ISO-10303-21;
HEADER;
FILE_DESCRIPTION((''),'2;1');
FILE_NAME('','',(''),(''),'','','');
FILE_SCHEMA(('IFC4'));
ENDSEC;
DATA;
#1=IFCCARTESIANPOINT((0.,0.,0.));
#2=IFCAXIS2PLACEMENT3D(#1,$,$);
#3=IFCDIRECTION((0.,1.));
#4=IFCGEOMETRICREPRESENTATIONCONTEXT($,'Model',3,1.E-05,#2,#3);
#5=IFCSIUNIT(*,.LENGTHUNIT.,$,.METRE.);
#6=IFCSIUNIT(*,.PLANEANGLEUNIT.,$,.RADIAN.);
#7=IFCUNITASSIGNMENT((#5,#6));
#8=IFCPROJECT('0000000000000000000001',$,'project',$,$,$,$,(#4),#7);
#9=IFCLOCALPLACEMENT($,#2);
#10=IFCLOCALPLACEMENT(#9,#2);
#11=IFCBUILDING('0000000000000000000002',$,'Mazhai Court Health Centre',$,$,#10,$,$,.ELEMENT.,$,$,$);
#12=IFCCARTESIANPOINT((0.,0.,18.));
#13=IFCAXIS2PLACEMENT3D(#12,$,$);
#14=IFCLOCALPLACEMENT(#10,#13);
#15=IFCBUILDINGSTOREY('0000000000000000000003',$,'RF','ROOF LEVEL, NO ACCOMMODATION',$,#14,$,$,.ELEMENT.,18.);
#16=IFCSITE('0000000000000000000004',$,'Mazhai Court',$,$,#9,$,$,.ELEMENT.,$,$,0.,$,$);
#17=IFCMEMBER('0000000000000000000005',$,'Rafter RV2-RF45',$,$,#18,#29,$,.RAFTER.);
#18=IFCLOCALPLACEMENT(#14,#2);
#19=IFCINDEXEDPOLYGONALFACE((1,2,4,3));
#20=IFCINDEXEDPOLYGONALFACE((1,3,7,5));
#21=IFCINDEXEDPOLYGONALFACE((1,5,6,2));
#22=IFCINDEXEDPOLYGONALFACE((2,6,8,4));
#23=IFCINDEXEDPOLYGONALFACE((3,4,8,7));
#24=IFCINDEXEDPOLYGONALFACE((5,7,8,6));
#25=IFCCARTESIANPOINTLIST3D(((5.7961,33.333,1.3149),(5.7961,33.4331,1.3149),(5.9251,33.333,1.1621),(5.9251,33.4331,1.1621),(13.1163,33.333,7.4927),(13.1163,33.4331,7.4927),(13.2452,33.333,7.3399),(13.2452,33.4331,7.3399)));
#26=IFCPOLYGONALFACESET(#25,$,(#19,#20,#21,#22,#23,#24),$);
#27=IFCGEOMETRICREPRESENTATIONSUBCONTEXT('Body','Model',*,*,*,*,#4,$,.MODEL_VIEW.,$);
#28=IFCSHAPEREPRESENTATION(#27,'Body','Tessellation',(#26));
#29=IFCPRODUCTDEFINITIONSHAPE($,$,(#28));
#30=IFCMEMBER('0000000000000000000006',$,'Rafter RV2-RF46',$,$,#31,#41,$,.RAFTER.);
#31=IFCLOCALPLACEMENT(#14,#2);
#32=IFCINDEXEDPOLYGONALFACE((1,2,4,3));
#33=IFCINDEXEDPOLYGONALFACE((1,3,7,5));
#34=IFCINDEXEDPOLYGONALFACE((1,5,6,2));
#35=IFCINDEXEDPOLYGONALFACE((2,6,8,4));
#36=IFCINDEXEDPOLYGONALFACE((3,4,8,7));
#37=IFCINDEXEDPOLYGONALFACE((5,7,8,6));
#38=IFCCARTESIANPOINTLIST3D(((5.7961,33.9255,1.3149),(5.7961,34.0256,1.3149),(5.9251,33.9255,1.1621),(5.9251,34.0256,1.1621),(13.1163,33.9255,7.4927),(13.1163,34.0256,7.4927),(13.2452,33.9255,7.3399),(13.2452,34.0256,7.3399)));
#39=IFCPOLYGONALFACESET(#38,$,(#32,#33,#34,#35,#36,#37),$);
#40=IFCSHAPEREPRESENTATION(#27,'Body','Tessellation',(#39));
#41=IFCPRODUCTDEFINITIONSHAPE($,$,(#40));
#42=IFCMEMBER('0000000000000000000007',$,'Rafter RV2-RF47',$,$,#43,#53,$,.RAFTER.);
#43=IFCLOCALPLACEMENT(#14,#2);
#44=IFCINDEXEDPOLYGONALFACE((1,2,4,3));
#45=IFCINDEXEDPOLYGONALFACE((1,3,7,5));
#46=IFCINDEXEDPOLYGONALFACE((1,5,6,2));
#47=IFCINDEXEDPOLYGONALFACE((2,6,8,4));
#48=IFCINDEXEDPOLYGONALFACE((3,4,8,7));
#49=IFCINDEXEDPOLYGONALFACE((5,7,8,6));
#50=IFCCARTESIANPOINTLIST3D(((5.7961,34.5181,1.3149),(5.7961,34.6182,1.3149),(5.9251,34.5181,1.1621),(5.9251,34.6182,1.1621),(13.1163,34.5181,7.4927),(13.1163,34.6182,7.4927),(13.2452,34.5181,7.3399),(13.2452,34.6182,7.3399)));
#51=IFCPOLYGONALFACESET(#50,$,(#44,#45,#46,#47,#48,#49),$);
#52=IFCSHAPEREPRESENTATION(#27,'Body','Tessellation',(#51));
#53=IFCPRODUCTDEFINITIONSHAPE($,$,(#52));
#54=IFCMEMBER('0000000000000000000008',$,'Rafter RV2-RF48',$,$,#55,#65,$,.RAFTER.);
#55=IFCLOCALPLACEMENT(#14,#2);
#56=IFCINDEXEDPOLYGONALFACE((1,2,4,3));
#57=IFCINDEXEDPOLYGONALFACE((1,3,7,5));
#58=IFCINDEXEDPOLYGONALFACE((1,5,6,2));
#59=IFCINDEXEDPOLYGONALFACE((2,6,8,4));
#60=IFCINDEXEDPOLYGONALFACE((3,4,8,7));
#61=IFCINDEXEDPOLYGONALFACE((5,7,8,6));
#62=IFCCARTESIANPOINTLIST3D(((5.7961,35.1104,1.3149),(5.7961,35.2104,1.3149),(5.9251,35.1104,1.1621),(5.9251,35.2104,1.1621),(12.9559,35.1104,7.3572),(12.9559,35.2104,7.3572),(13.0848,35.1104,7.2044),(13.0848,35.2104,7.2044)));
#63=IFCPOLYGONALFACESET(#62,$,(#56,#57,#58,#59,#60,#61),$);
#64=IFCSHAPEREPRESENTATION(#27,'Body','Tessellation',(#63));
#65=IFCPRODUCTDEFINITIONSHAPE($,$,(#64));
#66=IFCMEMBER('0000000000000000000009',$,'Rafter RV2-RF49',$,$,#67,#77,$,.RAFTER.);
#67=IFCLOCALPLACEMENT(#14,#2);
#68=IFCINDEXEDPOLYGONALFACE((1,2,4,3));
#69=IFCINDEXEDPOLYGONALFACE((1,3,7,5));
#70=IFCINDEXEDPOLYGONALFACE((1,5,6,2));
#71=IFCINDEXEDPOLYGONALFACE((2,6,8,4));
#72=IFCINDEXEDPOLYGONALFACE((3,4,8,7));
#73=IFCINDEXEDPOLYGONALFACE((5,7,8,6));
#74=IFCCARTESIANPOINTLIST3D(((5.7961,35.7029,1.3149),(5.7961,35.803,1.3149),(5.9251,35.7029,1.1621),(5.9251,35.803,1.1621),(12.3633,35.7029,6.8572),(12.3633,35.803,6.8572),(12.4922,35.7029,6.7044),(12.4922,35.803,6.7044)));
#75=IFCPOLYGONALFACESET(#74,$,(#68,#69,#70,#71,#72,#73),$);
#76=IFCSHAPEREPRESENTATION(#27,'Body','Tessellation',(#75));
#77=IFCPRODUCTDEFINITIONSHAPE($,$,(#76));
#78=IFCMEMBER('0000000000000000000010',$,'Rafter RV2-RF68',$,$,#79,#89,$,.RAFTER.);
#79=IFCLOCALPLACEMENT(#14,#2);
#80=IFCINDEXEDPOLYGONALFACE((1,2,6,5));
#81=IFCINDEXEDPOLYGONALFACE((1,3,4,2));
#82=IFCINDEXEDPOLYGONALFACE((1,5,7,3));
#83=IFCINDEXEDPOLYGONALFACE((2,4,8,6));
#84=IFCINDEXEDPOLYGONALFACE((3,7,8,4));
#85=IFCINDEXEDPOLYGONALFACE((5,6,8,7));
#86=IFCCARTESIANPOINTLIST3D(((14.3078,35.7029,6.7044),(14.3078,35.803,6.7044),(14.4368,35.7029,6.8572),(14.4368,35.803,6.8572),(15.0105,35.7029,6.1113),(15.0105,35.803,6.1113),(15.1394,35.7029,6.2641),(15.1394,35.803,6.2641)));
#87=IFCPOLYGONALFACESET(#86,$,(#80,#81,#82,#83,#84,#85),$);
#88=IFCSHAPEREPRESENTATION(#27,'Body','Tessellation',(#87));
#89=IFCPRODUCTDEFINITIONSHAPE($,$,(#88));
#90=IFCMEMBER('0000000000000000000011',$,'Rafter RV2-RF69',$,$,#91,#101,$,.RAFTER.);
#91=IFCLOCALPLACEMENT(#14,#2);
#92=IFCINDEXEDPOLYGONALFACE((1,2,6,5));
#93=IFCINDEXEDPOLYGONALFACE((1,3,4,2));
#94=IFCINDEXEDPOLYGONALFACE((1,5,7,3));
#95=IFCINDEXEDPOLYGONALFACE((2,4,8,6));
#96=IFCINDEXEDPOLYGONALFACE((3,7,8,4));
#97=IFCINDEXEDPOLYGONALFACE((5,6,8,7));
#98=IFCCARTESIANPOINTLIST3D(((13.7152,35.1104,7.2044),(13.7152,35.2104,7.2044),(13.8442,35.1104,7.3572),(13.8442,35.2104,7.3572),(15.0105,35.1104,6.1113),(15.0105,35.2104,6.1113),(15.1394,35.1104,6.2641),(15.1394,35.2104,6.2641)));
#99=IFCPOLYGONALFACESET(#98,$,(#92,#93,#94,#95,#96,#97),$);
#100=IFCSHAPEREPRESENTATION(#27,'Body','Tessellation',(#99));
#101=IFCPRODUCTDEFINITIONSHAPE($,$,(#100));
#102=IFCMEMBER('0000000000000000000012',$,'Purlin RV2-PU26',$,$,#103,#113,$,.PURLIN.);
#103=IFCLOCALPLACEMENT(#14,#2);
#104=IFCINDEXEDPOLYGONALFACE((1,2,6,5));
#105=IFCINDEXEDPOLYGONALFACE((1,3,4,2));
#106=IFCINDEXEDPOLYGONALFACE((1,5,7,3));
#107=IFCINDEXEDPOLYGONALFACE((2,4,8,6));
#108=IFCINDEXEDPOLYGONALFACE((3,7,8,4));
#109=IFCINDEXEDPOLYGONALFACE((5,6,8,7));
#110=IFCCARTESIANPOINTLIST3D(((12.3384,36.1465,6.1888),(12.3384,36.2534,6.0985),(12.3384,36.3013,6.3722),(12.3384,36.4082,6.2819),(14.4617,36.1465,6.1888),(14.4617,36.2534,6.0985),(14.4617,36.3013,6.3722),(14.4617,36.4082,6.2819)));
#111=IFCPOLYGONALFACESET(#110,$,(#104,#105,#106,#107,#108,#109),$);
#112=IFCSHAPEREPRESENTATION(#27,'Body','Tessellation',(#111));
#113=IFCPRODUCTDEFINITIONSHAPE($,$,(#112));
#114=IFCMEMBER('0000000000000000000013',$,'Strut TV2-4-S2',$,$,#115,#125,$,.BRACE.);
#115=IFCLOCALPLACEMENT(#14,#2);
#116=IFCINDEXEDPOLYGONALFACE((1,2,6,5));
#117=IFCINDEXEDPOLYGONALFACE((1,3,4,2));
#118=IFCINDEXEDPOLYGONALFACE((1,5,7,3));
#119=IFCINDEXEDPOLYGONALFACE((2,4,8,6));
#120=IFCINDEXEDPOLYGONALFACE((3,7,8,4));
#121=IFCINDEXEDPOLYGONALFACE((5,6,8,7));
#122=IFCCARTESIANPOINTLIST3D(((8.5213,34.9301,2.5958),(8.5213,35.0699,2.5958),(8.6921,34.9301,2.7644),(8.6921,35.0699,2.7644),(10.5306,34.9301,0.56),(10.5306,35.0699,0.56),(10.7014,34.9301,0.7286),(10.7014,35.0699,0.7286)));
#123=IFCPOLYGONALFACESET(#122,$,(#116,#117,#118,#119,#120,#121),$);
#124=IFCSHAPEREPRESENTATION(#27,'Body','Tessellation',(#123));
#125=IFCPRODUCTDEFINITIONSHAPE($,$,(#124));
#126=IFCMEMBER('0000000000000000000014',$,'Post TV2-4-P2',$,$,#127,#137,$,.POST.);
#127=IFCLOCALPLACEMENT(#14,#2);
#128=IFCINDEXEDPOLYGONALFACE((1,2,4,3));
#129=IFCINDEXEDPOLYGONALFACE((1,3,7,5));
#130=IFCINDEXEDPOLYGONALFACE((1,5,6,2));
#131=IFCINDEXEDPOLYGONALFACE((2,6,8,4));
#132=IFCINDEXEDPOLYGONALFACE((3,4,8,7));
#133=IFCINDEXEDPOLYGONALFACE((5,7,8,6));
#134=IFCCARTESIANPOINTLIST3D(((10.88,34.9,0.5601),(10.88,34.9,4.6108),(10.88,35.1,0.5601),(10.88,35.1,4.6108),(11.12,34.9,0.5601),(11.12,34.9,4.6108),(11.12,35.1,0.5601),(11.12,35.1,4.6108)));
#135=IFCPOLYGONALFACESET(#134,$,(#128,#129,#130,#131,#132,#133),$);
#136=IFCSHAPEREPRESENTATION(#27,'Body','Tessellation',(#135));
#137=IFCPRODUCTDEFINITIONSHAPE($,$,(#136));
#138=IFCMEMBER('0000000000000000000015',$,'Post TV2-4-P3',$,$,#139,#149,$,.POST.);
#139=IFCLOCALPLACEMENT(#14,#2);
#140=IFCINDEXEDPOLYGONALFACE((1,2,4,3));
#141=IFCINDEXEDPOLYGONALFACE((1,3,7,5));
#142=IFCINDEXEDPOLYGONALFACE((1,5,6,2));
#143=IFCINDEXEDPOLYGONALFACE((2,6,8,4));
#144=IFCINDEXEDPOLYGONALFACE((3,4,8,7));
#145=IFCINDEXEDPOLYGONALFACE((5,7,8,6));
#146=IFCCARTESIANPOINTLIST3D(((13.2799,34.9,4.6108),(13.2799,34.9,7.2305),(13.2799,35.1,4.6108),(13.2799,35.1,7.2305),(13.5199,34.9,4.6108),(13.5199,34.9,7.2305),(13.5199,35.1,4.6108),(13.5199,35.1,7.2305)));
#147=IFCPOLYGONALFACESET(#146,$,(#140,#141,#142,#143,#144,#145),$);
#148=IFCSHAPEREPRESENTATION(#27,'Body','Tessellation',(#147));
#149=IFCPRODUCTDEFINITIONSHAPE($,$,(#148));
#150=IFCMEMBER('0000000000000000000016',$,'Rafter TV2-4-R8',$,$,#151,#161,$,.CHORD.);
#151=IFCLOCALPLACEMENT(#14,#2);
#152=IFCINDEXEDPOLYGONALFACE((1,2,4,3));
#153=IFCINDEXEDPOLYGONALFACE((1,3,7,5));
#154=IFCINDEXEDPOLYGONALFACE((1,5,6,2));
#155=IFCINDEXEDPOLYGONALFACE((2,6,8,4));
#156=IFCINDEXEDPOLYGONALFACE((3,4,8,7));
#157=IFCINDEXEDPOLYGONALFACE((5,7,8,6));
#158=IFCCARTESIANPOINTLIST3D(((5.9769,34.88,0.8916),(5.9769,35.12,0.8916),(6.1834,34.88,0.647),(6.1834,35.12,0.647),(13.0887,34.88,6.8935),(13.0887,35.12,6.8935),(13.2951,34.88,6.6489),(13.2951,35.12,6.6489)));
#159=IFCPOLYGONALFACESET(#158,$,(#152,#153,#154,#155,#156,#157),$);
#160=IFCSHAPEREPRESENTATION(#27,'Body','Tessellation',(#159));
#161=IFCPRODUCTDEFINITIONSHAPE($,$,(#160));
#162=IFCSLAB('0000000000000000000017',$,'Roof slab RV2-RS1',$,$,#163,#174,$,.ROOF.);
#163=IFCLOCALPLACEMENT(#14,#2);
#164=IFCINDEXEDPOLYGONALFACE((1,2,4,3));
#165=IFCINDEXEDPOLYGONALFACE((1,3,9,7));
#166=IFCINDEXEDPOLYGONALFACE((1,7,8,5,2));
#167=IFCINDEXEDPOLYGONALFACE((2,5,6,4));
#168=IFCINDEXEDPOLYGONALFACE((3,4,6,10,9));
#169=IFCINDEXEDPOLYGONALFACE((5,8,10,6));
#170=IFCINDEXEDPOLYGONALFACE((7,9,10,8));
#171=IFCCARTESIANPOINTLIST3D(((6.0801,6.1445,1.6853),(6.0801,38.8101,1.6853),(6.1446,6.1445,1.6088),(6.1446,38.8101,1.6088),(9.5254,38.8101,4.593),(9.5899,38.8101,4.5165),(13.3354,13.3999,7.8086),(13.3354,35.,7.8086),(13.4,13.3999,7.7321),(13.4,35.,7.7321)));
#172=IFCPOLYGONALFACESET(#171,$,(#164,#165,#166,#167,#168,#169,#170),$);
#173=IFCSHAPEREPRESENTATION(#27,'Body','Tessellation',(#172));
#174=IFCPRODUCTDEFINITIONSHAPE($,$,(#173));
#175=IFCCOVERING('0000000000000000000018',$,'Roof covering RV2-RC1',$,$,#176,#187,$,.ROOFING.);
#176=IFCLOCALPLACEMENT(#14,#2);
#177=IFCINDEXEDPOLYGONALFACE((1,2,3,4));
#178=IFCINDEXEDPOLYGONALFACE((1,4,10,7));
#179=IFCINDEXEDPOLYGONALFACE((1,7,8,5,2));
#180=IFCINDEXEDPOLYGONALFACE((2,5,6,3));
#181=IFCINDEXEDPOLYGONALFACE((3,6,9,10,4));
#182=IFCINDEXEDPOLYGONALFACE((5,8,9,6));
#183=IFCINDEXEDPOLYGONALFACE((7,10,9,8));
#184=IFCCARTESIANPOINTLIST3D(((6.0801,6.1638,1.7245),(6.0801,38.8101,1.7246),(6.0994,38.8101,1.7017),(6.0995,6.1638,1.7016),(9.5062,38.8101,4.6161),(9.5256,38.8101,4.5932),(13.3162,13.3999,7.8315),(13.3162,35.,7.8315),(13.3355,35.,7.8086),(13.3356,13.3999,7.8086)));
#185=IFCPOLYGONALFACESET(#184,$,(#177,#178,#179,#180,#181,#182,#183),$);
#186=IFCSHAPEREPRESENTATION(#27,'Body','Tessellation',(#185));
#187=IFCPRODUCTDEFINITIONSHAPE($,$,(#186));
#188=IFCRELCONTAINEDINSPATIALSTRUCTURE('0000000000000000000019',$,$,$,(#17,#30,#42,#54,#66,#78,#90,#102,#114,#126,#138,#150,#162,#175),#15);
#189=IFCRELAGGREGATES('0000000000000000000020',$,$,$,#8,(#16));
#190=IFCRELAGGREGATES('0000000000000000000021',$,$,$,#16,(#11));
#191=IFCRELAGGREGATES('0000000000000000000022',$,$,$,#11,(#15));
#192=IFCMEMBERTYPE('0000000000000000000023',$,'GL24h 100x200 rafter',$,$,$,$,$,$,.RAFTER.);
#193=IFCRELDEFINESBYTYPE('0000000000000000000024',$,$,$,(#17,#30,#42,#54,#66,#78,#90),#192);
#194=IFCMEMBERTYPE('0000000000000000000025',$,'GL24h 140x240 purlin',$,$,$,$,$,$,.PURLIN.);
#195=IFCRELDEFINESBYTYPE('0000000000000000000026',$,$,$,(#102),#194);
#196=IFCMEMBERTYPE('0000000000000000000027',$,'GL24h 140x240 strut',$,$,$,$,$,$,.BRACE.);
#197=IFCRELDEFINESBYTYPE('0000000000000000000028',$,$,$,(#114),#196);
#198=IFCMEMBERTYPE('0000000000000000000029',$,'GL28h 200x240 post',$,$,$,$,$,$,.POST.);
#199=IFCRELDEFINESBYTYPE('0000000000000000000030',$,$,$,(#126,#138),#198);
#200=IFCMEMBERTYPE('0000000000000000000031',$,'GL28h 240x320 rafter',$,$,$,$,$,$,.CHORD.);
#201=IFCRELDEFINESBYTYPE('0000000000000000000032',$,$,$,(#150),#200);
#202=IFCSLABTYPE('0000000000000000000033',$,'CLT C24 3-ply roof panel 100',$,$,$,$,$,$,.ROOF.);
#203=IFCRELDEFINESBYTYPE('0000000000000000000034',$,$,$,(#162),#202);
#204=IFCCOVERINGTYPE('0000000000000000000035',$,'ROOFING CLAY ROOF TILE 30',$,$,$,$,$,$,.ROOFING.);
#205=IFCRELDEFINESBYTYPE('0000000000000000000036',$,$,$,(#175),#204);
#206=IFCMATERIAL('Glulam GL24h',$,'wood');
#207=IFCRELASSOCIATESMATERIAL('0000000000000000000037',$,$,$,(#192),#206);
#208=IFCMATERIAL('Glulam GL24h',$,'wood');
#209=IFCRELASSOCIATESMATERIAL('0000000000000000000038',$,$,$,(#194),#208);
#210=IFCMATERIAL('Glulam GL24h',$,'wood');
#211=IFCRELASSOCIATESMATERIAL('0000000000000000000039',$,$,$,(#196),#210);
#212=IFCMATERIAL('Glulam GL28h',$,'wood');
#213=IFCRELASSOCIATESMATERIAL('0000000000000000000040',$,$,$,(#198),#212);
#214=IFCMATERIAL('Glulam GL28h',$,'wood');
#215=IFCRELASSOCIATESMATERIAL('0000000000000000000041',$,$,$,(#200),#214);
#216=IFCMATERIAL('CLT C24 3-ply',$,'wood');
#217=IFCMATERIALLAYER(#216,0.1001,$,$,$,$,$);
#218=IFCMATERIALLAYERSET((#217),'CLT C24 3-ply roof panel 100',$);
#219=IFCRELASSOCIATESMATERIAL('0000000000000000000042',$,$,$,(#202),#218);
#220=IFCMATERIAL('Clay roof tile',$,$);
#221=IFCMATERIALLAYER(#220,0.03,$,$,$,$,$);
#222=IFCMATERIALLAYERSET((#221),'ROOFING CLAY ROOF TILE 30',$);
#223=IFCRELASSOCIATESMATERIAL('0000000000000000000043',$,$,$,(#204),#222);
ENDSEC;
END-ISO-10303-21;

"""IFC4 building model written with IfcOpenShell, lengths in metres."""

from ifc_helpers import new_model, si_unit, direction, frame, origin, origin_2d, place, context, subcontext, project, spatial, polyline, rectangle, outline, extrude, material, layer, layer_set, material_profile, profile_set, type_object, element, save


model = new_model("IFC4")

# Units and contexts
model_context = context("Model", 3, precision=1e-05, world=origin(), true_north=direction((0.0, 1.0)))
body_context = subcontext(model_context, "Body", "Model", "MODEL_VIEW")
ifc_project = project(units=[si_unit("LENGTHUNIT", "METRE"), si_unit("PLANEANGLEUNIT", "RADIAN")], contexts=[model_context])

# Site, building, storey
site_placement = place(None, origin())
site = spatial("IfcSite", under=ifc_project, at=site_placement, Name="Mazhai Court", CompositionType="ELEMENT", RefElevation=0.0)
building_placement = place(site_placement, origin())
building = spatial("IfcBuilding", under=site, at=building_placement, Name="Mazhai Court Health Centre", CompositionType="ELEMENT")
storey_placement = place(building_placement, frame((0.0, 0.0, 18.0)))
storey = spatial("IfcBuildingStorey", under=building, at=storey_placement, Name="RF", Description="ROOF LEVEL, NO ACCOMMODATION", CompositionType="ELEMENT", Elevation=18.0)

# Members
ifc_material_1 = material(Name="Glulam GL24h", Category="wood")
ifc_material_profile_1 = material_profile(ifc_material_1, rectangle(XDim=0.1001, YDim=0.2, at=origin_2d()), Name="GL24h 100x200")
ifc_profile_set_1 = profile_set([ifc_material_profile_1], Name="Glulam GL24h")
member_type_1 = type_object("IfcMemberType", Name="GL24h 100x200 rafter", PredefinedType="RAFTER", material=ifc_profile_set_1)
for number, where, z_axis, x_axis, name in (
    (1, (5.8606, 33.3831, 1.2385), (0.764218, 0.0, 0.644958), (0.0, 1.0, 0.0), "Rafter RV2-RF45"),
    (2, (5.8606, 33.9756, 1.2385), (0.764218, 0.0, 0.644958), (0.0, 1.0, 0.0), "Rafter RV2-RF46"),
    (3, (5.8606, 34.5681, 1.2385), (0.764218, 0.0, 0.644958), (0.0, 1.0, 0.0), "Rafter RV2-RF47"),
):
    element("IfcMember", number, at=place(storey_placement, frame(where, z_axis=z_axis, x_axis=x_axis)), inside=storey, type_object=member_type_1, Name=name, PredefinedType="RAFTER", context=body_context, shape_type="SweptSolid", body=[
        extrude(rectangle(XDim=0.1001, YDim=0.2, at=origin_2d()), origin(), (0.0, 0.0, 1.0), 9.5786),
    ])
member_1_placement = place(storey_placement, frame((5.8606, 35.1604, 1.2385), z_axis=(0.764225, 0.0, 0.64495), x_axis=(0.0, 1.0, 0.0)))
element("IfcMember", 4, at=member_1_placement, inside=storey, type_object=member_type_1, Name="Rafter RV2-RF48", PredefinedType="RAFTER", context=body_context, shape_type="SweptSolid", body=[
    extrude(rectangle(XDim=0.1001, YDim=0.2, at=origin_2d()), origin(), (0.0, 0.0, 1.0), 9.3687),
])
member_2_placement = place(storey_placement, frame((5.8606, 35.7529, 1.2385), z_axis=(0.764222, 0.0, 0.644953), x_axis=(0.0, 1.0, 0.0)))
element("IfcMember", 5, at=member_2_placement, inside=storey, type_object=member_type_1, Name="Rafter RV2-RF49", PredefinedType="RAFTER", context=body_context, shape_type="SweptSolid", body=[
    extrude(rectangle(XDim=0.1001, YDim=0.2, at=origin_2d()), origin(), (0.0, 0.0, 1.0), 8.5933),
])
member_3_placement = place(storey_placement, frame((15.075, 35.7529, 6.1877), z_axis=(-0.764202, 0.0, 0.644978), x_axis=(0.0, -1.0, 0.0)))
element("IfcMember", 6, at=member_3_placement, inside=storey, type_object=member_type_1, Name="Rafter RV2-RF68", PredefinedType="RAFTER", context=body_context, shape_type="SweptSolid", body=[
    extrude(rectangle(XDim=0.1001, YDim=0.2, at=origin_2d()), origin(), (0.0, 0.0, 1.0), 0.9194),
])
member_4_placement = place(storey_placement, frame((15.075, 35.1604, 6.1877), z_axis=(-0.764227, 0.0, 0.644947), x_axis=(0.0, -1.0, 0.0)))
element("IfcMember", 7, at=member_4_placement, inside=storey, type_object=member_type_1, Name="Rafter RV2-RF69", PredefinedType="RAFTER", context=body_context, shape_type="SweptSolid", body=[
    extrude(rectangle(XDim=0.1001, YDim=0.2, at=origin_2d()), origin(), (0.0, 0.0, 1.0), 1.6948),
])
ifc_material_2 = material(Name="Glulam GL24h", Category="wood")
ifc_material_profile_2 = material_profile(ifc_material_2, rectangle(XDim=0.1399, YDim=0.24, at=origin_2d()), Name="GL24h 140x240")
ifc_profile_set_2 = profile_set([ifc_material_profile_2], Name="Glulam GL24h")
member_type_2 = type_object("IfcMemberType", Name="GL24h 140x240 purlin", PredefinedType="PURLIN", material=ifc_profile_set_2)
member_5_placement = place(storey_placement, frame((12.3384, 36.2773, 6.2354), z_axis=(1.0, 0.0, 0.0), x_axis=(0.0, 0.76422, -0.644955)))
element("IfcMember", 8, at=member_5_placement, inside=storey, type_object=member_type_2, Name="Purlin RV2-PU26", PredefinedType="PURLIN", context=body_context, shape_type="SweptSolid", body=[
    extrude(rectangle(XDim=0.1399, YDim=0.24, at=origin_2d()), origin(), (0.0, 0.0, 1.0), 2.1233),
])
ifc_material_3 = material(Name="Glulam GL24h", Category="wood")
ifc_material_profile_3 = material_profile(ifc_material_3, rectangle(XDim=0.1399, YDim=0.24, at=origin_2d()), Name="GL24h 140x240")
ifc_profile_set_3 = profile_set([ifc_material_profile_3], Name="Glulam GL24h")
member_type_3 = type_object("IfcMemberType", Name="GL24h 140x240 strut", PredefinedType="BRACE", material=ifc_profile_set_3)
member_6_placement = place(storey_placement, frame((10.616, 35.0, 0.6443), z_axis=(-0.70244, 0.0, 0.711743), x_axis=(0.0, -1.0, 0.0)))
element("IfcMember", 9, at=member_6_placement, inside=storey, type_object=member_type_3, Name="Strut TV2-4-S2", PredefinedType="BRACE", context=body_context, shape_type="SweptSolid", body=[
    extrude(rectangle(XDim=0.1399, YDim=0.24, at=origin_2d()), origin(), (0.0, 0.0, 1.0), 2.8604),
])
ifc_material_4 = material(Name="Glulam GL28h", Category="wood")
ifc_material_profile_4 = material_profile(ifc_material_4, rectangle(XDim=0.2, YDim=0.24, at=origin_2d()), Name="GL28h 200x240")
ifc_profile_set_4 = profile_set([ifc_material_profile_4], Name="Glulam GL28h")
member_type_4 = type_object("IfcMemberType", Name="GL28h 200x240 post", PredefinedType="POST", material=ifc_profile_set_4)
member_7_placement = place(storey_placement, frame((11.0, 35.0, 0.5601), z_axis=(0.0, 0.0, 1.0), x_axis=(0.0, 1.0, 0.0)))
element("IfcMember", 10, at=member_7_placement, inside=storey, type_object=member_type_4, Name="Post TV2-4-P2", PredefinedType="POST", context=body_context, shape_type="SweptSolid", body=[
    extrude(rectangle(XDim=0.2, YDim=0.24, at=origin_2d()), origin(), (0.0, 0.0, 1.0), 4.0508),
])
member_8_placement = place(storey_placement, frame((13.3999, 35.0, 4.6108), z_axis=(0.0, 0.0, 1.0), x_axis=(0.0, 1.0, 0.0)))
element("IfcMember", 11, at=member_8_placement, inside=storey, type_object=member_type_4, Name="Post TV2-4-P3", PredefinedType="POST", context=body_context, shape_type="SweptSolid", body=[
    extrude(rectangle(XDim=0.2, YDim=0.24, at=origin_2d()), origin(), (0.0, 0.0, 1.0), 2.6196),
])
ifc_material_5 = material(Name="Glulam GL28h", Category="wood")
ifc_material_profile_5 = material_profile(ifc_material_5, rectangle(XDim=0.24, YDim=0.3201, at=origin_2d()), Name="GL28h 240x320")
ifc_profile_set_5 = profile_set([ifc_material_profile_5], Name="Glulam GL28h")
member_type_5 = type_object("IfcMemberType", Name="GL28h 240x320 rafter", PredefinedType="CHORD", material=ifc_profile_set_5)
member_9_placement = place(storey_placement, frame((13.1919, 35.0, 6.7712), z_axis=(-0.76422, 0.0, -0.644956), x_axis=(0.0, -1.0, 0.0)))
element("IfcMember", 12, at=member_9_placement, inside=storey, type_object=member_type_5, Name="Rafter TV2-4-R8", PredefinedType="CHORD", context=body_context, shape_type="SweptSolid", body=[
    extrude(rectangle(XDim=0.24, YDim=0.3201, at=origin_2d()), origin(), (0.0, 0.0, 1.0), 9.3059),
])

# Slab
ifc_material_6 = material(Name="CLT C24 3-ply", Category="wood")
ifc_layer_1 = layer(ifc_material_6, 0.1001)
ifc_layer_set_1 = layer_set([ifc_layer_1], Name="CLT C24 3-ply roof panel 100")
slab_type = type_object("IfcSlabType", Name="CLT C24 3-ply roof panel 100", PredefinedType="ROOF", material=ifc_layer_set_1)
slab_placement = place(storey_placement, frame((13.3354, 35.0, 7.8086), z_axis=(-0.644968, 0.0, 0.76421), x_axis=(0.0, -1.0, 0.0)))
element("IfcSlab", 13, at=slab_placement, inside=storey, type_object=slab_type, Name="Roof slab RV2-RS1", PredefinedType="ROOF", context=body_context, shape_type="SweptSolid", body=[
    extrude(outline(polyline([(0.0, 0.0), (21.6001, 0.0), (28.8555, -9.494), (-3.8101, -9.494), (-3.8101, -4.9856), (0.0, 0.0)])), origin(), (0.0, 0.0, -1.0), 0.1001),
])

# Covering
ifc_material_7 = material(Name="Clay roof tile")
ifc_layer_2 = layer(ifc_material_7, 0.03)
ifc_layer_set_2 = layer_set([ifc_layer_2], Name="ROOFING CLAY ROOF TILE 30")
covering_type_1 = type_object("IfcCoveringType", Name="ROOFING CLAY ROOF TILE 30", PredefinedType="ROOFING", material=ifc_layer_set_2)
covering_1_placement = place(storey_placement, frame((13.3162, 35.0, 7.8315), z_axis=(-0.644964, -0.000003, 0.764213), x_axis=(0.000002, -1.0, -0.000002)))
element("IfcCovering", 14, at=covering_1_placement, inside=storey, type_object=covering_type_1, Name="Roof covering RV2-RC1", PredefinedType="ROOFING", context=body_context, shape_type="SweptSolid", body=[
    extrude(outline(polyline([(0.0, 0.0), (21.6001, 0.0), (28.8362, -9.4687), (-3.8101, -9.4687), (-3.8101, -4.9855), (0.0, 0.0)])), origin(), (0.0, 0.0, -1.0), 0.03),
])

save(model, "model.ifc")
